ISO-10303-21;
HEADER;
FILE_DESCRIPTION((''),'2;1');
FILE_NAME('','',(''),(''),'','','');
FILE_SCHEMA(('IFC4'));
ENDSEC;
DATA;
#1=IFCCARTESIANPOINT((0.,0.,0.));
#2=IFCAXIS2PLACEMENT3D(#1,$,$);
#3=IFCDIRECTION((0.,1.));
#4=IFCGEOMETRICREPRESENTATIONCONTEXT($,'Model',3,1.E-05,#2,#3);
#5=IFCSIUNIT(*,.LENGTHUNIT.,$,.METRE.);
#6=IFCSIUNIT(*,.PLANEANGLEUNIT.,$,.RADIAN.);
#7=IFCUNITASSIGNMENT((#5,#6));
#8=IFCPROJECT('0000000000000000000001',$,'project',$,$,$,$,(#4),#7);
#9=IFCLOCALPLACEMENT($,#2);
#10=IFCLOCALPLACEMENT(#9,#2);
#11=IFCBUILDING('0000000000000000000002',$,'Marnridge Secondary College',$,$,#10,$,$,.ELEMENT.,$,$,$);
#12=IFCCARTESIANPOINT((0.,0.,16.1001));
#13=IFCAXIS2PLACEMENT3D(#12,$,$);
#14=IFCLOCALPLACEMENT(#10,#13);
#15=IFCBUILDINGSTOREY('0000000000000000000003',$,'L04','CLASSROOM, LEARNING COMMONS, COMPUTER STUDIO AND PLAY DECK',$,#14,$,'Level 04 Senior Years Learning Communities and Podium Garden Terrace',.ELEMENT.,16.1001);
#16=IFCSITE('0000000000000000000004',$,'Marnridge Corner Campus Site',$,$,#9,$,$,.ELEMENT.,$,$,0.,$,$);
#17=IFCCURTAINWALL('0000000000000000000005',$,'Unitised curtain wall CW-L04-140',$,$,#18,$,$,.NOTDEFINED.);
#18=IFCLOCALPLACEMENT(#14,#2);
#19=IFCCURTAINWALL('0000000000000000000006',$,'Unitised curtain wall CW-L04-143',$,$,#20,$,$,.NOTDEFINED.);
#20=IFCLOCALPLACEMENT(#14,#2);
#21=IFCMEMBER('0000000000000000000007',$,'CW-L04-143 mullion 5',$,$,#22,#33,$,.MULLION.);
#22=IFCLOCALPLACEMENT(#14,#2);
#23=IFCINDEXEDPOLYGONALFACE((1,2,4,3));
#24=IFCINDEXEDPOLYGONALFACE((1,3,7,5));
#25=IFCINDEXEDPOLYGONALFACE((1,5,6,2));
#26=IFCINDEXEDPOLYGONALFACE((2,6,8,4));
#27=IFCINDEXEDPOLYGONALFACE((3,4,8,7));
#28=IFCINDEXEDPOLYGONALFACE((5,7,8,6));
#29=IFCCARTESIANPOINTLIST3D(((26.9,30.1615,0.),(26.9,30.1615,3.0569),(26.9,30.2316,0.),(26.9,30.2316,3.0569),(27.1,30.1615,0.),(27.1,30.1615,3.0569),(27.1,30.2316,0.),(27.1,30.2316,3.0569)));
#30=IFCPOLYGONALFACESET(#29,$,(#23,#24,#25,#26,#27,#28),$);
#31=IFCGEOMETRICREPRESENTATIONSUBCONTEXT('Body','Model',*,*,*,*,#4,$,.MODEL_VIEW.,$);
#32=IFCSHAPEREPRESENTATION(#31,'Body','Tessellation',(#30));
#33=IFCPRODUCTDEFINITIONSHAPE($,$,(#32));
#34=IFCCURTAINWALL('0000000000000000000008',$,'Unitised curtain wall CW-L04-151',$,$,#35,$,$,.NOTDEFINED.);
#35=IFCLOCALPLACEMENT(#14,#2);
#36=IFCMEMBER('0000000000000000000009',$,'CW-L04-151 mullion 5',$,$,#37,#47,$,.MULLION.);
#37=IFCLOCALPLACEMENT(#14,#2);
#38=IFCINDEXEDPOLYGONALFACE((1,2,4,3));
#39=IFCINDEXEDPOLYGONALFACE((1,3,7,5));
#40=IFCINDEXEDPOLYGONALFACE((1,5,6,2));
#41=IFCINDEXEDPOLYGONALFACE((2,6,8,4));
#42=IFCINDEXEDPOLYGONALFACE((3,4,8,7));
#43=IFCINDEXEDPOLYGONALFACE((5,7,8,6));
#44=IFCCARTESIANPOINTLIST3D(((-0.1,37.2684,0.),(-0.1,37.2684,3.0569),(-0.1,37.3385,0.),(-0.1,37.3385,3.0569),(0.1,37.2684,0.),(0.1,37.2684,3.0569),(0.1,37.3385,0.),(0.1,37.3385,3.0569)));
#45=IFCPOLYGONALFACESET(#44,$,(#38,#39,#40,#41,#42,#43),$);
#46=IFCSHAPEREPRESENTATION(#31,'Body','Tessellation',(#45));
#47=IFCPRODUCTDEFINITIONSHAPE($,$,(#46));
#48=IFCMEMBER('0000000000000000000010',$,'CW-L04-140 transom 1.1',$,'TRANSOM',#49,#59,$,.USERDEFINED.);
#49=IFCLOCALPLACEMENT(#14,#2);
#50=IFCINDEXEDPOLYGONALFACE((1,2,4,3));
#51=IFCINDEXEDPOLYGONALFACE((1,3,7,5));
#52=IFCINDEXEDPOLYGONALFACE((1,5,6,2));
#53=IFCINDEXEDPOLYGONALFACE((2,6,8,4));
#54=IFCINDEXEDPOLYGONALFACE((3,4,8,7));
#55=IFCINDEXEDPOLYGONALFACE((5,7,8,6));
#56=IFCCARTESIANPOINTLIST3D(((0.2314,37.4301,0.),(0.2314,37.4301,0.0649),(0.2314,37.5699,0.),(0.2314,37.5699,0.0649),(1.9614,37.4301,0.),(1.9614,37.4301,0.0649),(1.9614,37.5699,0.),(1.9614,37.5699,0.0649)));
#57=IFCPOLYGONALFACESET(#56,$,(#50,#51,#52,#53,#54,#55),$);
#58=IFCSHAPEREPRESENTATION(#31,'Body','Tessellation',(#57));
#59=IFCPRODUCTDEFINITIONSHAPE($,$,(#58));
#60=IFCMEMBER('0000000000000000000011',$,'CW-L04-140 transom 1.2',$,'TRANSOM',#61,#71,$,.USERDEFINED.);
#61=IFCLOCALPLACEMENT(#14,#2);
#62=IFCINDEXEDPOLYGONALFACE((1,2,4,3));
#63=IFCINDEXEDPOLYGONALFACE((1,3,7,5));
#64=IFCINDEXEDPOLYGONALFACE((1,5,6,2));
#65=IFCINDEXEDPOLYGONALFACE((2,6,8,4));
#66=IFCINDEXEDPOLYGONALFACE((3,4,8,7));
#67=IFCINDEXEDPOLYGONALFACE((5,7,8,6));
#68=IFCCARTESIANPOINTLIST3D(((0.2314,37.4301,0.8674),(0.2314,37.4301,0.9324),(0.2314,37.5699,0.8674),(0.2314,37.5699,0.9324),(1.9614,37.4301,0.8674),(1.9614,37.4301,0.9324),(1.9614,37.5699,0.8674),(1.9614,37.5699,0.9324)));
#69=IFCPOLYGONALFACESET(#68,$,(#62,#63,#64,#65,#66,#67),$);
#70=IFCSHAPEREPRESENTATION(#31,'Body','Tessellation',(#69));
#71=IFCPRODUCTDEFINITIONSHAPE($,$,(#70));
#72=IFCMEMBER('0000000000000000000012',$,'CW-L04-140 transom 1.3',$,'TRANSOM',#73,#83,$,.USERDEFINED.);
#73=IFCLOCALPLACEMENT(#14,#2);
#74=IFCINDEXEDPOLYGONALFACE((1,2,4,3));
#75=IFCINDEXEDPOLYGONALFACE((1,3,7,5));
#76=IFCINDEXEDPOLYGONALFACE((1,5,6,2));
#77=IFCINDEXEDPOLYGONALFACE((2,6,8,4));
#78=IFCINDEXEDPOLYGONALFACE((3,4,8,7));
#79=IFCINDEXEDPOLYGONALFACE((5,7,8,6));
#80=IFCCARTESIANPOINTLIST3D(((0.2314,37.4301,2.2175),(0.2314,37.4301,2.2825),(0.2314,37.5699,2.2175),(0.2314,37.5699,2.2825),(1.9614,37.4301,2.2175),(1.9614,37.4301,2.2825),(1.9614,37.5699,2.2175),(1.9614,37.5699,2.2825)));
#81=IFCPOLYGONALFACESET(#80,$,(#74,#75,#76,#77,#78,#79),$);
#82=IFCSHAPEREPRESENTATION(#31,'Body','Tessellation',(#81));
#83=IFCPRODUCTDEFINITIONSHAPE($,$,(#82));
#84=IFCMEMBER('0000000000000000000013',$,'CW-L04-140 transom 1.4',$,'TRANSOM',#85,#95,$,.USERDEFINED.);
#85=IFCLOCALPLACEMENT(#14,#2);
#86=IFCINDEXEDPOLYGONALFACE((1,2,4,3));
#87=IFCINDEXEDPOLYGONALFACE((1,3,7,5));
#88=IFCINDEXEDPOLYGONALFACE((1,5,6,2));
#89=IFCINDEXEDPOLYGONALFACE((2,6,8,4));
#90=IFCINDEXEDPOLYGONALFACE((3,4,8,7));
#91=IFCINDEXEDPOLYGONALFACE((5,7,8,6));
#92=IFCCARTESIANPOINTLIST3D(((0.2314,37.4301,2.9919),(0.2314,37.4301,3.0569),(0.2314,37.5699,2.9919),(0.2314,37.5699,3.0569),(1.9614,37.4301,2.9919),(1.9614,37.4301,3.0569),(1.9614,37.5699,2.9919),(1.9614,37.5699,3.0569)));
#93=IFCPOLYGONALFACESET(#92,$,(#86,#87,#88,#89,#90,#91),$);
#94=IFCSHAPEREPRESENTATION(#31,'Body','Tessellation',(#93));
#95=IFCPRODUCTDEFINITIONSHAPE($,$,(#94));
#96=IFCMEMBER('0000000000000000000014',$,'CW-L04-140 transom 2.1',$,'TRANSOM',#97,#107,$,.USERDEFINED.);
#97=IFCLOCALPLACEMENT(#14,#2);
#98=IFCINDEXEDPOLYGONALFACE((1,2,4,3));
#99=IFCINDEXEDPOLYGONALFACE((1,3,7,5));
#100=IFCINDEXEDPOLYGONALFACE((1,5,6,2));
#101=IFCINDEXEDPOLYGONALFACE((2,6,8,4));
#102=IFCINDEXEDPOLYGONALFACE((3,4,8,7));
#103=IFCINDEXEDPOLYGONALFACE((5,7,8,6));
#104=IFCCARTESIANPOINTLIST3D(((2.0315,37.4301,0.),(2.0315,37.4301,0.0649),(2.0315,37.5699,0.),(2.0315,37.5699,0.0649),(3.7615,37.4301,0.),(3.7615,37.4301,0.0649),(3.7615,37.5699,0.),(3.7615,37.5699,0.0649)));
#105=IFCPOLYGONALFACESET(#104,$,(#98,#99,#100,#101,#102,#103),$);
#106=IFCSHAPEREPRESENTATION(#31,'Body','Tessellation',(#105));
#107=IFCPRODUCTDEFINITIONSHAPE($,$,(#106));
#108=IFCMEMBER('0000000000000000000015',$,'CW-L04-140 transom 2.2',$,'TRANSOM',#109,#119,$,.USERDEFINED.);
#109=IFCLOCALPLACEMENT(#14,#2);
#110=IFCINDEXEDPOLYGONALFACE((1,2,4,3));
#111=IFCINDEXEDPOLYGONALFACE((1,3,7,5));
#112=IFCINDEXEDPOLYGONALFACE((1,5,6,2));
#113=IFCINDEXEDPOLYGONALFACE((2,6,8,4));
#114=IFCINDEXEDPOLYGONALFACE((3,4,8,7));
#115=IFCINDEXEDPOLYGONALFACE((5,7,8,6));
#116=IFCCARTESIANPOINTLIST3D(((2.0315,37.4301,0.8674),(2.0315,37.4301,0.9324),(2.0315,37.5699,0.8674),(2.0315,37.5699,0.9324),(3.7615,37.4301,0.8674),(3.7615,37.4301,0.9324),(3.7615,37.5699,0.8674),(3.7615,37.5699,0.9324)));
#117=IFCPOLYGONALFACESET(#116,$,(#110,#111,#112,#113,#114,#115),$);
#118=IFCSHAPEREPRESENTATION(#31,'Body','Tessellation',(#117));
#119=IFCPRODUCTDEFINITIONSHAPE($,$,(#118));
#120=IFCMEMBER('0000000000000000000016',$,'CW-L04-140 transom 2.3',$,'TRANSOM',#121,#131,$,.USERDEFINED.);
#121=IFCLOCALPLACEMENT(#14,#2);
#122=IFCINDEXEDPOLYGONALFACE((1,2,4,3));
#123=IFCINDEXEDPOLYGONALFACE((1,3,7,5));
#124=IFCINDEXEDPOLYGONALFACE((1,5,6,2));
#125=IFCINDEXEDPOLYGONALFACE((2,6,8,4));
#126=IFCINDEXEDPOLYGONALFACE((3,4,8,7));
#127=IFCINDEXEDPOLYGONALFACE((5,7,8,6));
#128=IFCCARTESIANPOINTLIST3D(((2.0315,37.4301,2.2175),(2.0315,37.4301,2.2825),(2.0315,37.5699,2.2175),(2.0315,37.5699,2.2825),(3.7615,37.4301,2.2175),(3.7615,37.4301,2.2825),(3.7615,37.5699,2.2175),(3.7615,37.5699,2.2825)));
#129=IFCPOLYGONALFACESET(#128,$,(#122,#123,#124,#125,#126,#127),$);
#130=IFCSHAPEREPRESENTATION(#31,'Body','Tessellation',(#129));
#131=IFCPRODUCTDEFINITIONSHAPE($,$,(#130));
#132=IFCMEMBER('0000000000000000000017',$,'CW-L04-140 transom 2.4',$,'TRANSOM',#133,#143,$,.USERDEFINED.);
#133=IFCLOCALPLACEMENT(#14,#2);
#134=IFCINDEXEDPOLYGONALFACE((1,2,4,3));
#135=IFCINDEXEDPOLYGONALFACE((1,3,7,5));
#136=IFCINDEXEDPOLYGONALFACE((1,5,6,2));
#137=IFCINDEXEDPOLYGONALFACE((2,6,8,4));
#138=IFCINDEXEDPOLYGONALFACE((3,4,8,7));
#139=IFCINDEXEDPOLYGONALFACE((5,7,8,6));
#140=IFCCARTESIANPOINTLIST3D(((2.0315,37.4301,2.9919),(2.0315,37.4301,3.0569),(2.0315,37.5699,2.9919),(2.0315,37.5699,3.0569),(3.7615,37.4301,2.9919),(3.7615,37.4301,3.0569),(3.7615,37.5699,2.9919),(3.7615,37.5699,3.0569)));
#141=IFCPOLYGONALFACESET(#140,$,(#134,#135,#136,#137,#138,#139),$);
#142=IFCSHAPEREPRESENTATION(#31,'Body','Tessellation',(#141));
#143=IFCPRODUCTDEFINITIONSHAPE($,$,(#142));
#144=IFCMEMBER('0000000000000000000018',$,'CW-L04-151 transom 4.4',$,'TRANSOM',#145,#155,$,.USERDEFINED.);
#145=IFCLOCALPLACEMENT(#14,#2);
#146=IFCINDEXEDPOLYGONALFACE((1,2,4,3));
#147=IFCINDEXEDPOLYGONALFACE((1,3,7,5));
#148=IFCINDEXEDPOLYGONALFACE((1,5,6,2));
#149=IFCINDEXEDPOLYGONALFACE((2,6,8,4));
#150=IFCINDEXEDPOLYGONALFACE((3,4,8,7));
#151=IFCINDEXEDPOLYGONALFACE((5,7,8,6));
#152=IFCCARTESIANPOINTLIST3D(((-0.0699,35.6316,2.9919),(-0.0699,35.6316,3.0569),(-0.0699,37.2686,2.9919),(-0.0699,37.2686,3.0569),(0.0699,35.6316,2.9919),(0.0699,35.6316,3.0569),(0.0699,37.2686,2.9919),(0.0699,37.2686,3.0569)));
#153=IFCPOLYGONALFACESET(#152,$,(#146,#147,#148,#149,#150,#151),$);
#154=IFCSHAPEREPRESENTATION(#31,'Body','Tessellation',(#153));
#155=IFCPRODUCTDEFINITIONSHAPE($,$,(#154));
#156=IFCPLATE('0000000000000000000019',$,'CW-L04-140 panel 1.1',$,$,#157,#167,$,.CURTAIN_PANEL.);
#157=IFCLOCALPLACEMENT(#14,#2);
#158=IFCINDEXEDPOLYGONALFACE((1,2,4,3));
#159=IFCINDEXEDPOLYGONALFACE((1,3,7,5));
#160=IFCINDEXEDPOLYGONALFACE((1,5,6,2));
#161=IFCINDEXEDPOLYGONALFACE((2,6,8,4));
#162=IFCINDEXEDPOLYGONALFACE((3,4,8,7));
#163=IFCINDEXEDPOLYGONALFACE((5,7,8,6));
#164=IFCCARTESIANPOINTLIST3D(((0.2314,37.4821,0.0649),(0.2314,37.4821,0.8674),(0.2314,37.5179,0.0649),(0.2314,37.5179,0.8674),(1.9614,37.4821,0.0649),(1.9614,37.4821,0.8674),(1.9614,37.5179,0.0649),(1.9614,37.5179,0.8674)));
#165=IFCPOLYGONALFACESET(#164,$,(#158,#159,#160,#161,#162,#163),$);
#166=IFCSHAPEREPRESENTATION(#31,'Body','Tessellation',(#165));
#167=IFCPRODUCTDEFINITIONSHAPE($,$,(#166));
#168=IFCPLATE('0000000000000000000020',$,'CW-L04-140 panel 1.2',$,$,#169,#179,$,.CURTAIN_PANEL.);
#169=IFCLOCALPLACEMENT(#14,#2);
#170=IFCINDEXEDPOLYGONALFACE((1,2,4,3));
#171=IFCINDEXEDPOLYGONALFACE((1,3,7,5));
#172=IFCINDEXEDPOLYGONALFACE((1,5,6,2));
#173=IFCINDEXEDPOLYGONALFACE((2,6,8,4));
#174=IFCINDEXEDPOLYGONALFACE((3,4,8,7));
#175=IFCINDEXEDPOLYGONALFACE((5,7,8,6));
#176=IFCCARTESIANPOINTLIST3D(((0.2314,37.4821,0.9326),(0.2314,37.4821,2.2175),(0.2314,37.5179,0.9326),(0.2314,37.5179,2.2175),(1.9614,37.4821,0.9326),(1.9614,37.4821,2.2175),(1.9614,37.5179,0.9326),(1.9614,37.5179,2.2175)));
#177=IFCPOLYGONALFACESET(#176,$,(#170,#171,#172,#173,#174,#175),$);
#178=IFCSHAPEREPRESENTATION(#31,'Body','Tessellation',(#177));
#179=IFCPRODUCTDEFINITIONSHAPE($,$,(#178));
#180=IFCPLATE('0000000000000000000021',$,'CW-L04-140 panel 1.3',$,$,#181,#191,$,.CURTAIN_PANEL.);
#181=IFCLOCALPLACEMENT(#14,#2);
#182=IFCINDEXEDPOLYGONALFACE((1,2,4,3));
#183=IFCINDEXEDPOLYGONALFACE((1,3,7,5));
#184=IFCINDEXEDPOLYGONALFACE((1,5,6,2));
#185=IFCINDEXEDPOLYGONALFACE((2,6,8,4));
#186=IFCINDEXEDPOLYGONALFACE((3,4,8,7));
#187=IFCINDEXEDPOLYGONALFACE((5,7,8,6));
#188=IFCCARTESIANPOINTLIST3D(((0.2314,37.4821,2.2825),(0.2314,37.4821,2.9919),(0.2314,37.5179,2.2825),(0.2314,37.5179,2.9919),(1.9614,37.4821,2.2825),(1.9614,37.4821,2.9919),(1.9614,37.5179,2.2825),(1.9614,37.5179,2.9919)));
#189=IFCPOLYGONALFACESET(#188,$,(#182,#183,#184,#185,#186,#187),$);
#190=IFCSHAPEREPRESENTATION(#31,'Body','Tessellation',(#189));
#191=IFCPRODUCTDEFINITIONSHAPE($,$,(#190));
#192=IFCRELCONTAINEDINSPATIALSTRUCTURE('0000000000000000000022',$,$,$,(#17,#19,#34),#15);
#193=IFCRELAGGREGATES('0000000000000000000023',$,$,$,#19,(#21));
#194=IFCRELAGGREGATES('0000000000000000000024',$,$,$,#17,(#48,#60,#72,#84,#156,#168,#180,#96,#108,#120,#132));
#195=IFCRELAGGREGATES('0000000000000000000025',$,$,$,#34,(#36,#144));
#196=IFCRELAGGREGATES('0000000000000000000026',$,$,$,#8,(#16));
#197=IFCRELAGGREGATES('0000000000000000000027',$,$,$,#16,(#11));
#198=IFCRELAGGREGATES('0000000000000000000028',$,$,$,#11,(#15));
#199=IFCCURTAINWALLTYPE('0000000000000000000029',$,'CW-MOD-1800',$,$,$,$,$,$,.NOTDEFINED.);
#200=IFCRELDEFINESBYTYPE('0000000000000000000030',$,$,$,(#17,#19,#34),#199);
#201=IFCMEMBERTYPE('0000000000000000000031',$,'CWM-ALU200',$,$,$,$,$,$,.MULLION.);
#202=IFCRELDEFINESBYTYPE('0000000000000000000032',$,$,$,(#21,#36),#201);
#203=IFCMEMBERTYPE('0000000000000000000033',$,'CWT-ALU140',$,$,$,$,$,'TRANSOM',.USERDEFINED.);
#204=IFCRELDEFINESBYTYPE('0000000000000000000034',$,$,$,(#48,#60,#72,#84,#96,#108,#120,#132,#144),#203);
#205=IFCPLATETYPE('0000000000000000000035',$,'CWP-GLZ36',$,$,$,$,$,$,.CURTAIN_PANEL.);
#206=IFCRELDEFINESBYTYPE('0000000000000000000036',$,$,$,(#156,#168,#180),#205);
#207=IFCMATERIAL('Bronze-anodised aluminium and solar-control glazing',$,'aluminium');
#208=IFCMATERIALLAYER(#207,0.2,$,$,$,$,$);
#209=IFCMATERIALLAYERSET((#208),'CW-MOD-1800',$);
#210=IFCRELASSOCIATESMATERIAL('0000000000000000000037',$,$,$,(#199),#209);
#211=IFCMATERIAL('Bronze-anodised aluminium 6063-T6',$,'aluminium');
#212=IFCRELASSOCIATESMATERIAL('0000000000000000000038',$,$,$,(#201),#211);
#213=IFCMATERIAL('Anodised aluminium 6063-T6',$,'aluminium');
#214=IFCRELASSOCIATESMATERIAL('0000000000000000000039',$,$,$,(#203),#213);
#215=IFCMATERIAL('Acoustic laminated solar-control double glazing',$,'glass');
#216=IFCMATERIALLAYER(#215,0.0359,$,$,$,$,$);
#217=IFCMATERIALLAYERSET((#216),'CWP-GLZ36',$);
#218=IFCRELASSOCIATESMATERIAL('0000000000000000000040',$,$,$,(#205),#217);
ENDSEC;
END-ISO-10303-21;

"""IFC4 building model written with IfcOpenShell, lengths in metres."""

from ifc_helpers import new_model, si_unit, direction, frame, origin, origin_2d, place, context, subcontext, project, spatial, rectangle, extrude, material, layer, layer_set, material_profile, profile_set, type_object, element, aggregate, save


model = new_model("IFC4")

# Units and contexts
model_context = context("Model", 3, precision=1e-05, world=origin(), true_north=direction((0.0, 1.0)))
body_context = subcontext(model_context, "Body", "Model", "MODEL_VIEW")
ifc_project = project(units=[si_unit("LENGTHUNIT", "METRE"), si_unit("PLANEANGLEUNIT", "RADIAN")], contexts=[model_context])

# Site, building, storey
site_placement = place(None, origin())
site = spatial("IfcSite", under=ifc_project, at=site_placement, Name="Marnridge Corner Campus Site", CompositionType="ELEMENT", RefElevation=0.0)
building_placement = place(site_placement, origin())
building = spatial("IfcBuilding", under=site, at=building_placement, Name="Marnridge Secondary College", CompositionType="ELEMENT")
storey_placement = place(building_placement, frame((0.0, 0.0, 16.1001)))
storey = spatial("IfcBuildingStorey", under=building, at=storey_placement, Name="L04", Description="CLASSROOM, LEARNING COMMONS, COMPUTER STUDIO AND PLAY DECK", LongName="Level 04 Senior Years Learning Communities and Podium Garden Terrace", CompositionType="ELEMENT", Elevation=16.1001)

# Curtain wall
ifc_material_1 = material(Name="Bronze-anodised aluminium and solar-control glazing", Category="aluminium")
ifc_layer_1 = layer(ifc_material_1, 0.2)
ifc_layer_set_1 = layer_set([ifc_layer_1], Name="CW-MOD-1800")
curtain_wall_type = type_object("IfcCurtainWallType", Name="CW-MOD-1800", PredefinedType="NOTDEFINED", material=ifc_layer_set_1)
curtain_wall_1_placement = place(storey_placement, origin())
curtain_wall_1 = element("IfcCurtainWall", 1, at=curtain_wall_1_placement, inside=storey, type_object=curtain_wall_type, Name="Unitised curtain wall CW-L04-140", PredefinedType="NOTDEFINED")
ifc_material_2 = material(Name="Bronze-anodised aluminium 6063-T6", Category="aluminium")
ifc_material_profile_1 = material_profile(ifc_material_2, rectangle(XDim=0.0701, YDim=0.2, at=origin_2d()), Name="ALU 70x200")
ifc_profile_set_1 = profile_set([ifc_material_profile_1], Name="Bronze-anodised aluminium 6063-T6")
member_type_1 = type_object("IfcMemberType", Name="CWM-ALU200", PredefinedType="MULLION", material=ifc_profile_set_1)

# Curtain walls, members
curtain_wall_2_placement = place(storey_placement, origin())
curtain_wall_2 = element("IfcCurtainWall", 2, at=curtain_wall_2_placement, inside=storey, type_object=curtain_wall_type, Name="Unitised curtain wall CW-L04-143", PredefinedType="NOTDEFINED")
member_1_placement = place(storey_placement, frame((27.0, 30.1965, 0.0), z_axis=(0.0, 0.0, 1.0), x_axis=(0.0, -1.0, 0.0)))
member_1 = element("IfcMember", 3, at=member_1_placement, type_object=member_type_1, Name="CW-L04-143 mullion 5", PredefinedType="MULLION", context=body_context, shape_type="SweptSolid", body=[
    extrude(rectangle(XDim=0.0701, YDim=0.2, at=origin_2d()), origin(), (0.0, 0.0, 1.0), 3.0569),
])
aggregate(curtain_wall_2, [member_1])
curtain_wall_3_placement = place(storey_placement, origin())
curtain_wall_3 = element("IfcCurtainWall", 4, at=curtain_wall_3_placement, inside=storey, type_object=curtain_wall_type, Name="Unitised curtain wall CW-L04-151", PredefinedType="NOTDEFINED")
member_2_placement = place(storey_placement, frame((0.0, 37.3035, 0.0), z_axis=(0.0, 0.0, 1.0), x_axis=(0.0, 1.0, 0.0)))
member_2 = element("IfcMember", 5, at=member_2_placement, type_object=member_type_1, Name="CW-L04-151 mullion 5", PredefinedType="MULLION", context=body_context, shape_type="SweptSolid", body=[
    extrude(rectangle(XDim=0.0701, YDim=0.2, at=origin_2d()), origin(), (0.0, 0.0, 1.0), 3.0569),
])

# Members
ifc_material_3 = material(Name="Anodised aluminium 6063-T6", Category="aluminium")
ifc_material_profile_2 = material_profile(ifc_material_3, rectangle(XDim=0.0649, YDim=0.1399, at=origin_2d()), Name="ALU 65x140")
ifc_profile_set_2 = profile_set([ifc_material_profile_2], Name="Anodised aluminium 6063-T6")
member_type_2 = type_object("IfcMemberType", Name="CWT-ALU140", ElementType="TRANSOM", PredefinedType="USERDEFINED", material=ifc_profile_set_2)
member_3_placement = place(storey_placement, frame((0.2314, 37.5, 0.0325), z_axis=(1.0, 0.0, 0.0), x_axis=(0.0, 0.0, 1.0)))
member_3 = element("IfcMember", 6, at=member_3_placement, type_object=member_type_2, Name="CW-L04-140 transom 1.1", ObjectType="TRANSOM", PredefinedType="USERDEFINED", context=body_context, shape_type="SweptSolid", body=[
    extrude(rectangle(XDim=0.0649, YDim=0.1399, at=origin_2d()), origin(), (0.0, 0.0, 1.0), 1.73),
])
member_4_placement = place(storey_placement, frame((0.2314, 37.5, 0.8999), z_axis=(1.0, 0.0, 0.0), x_axis=(0.0, 0.0, 1.0)))
member_4 = element("IfcMember", 7, at=member_4_placement, type_object=member_type_2, Name="CW-L04-140 transom 1.2", ObjectType="TRANSOM", PredefinedType="USERDEFINED", context=body_context, shape_type="SweptSolid", body=[
    extrude(rectangle(XDim=0.0649, YDim=0.1399, at=origin_2d()), origin(), (0.0, 0.0, 1.0), 1.73),
])
member_5_placement = place(storey_placement, frame((0.2314, 37.5, 2.25), z_axis=(1.0, 0.0, 0.0), x_axis=(0.0, 0.0, 1.0)))
member_5 = element("IfcMember", 8, at=member_5_placement, type_object=member_type_2, Name="CW-L04-140 transom 1.3", ObjectType="TRANSOM", PredefinedType="USERDEFINED", context=body_context, shape_type="SweptSolid", body=[
    extrude(rectangle(XDim=0.0649, YDim=0.1399, at=origin_2d()), origin(), (0.0, 0.0, 1.0), 1.73),
])
member_6_placement = place(storey_placement, frame((0.2314, 37.5, 3.0244), z_axis=(1.0, 0.0, 0.0), x_axis=(0.0, 0.0, 1.0)))
member_6 = element("IfcMember", 9, at=member_6_placement, type_object=member_type_2, Name="CW-L04-140 transom 1.4", ObjectType="TRANSOM", PredefinedType="USERDEFINED", context=body_context, shape_type="SweptSolid", body=[
    extrude(rectangle(XDim=0.0649, YDim=0.1399, at=origin_2d()), origin(), (0.0, 0.0, 1.0), 1.73),
])
member_7_placement = place(storey_placement, frame((2.0315, 37.5, 0.0325), z_axis=(1.0, 0.0, 0.0), x_axis=(0.0, 0.0, 1.0)))
member_7 = element("IfcMember", 10, at=member_7_placement, type_object=member_type_2, Name="CW-L04-140 transom 2.1", ObjectType="TRANSOM", PredefinedType="USERDEFINED", context=body_context, shape_type="SweptSolid", body=[
    extrude(rectangle(XDim=0.0649, YDim=0.1399, at=origin_2d()), origin(), (0.0, 0.0, 1.0), 1.73),
])
member_8_placement = place(storey_placement, frame((2.0315, 37.5, 0.8999), z_axis=(1.0, 0.0, 0.0), x_axis=(0.0, 0.0, 1.0)))
member_8 = element("IfcMember", 11, at=member_8_placement, type_object=member_type_2, Name="CW-L04-140 transom 2.2", ObjectType="TRANSOM", PredefinedType="USERDEFINED", context=body_context, shape_type="SweptSolid", body=[
    extrude(rectangle(XDim=0.0649, YDim=0.1399, at=origin_2d()), origin(), (0.0, 0.0, 1.0), 1.73),
])
member_9_placement = place(storey_placement, frame((2.0315, 37.5, 2.25), z_axis=(1.0, 0.0, 0.0), x_axis=(0.0, 0.0, 1.0)))
member_9 = element("IfcMember", 12, at=member_9_placement, type_object=member_type_2, Name="CW-L04-140 transom 2.3", ObjectType="TRANSOM", PredefinedType="USERDEFINED", context=body_context, shape_type="SweptSolid", body=[
    extrude(rectangle(XDim=0.0649, YDim=0.1399, at=origin_2d()), origin(), (0.0, 0.0, 1.0), 1.73),
])
member_10_placement = place(storey_placement, frame((2.0315, 37.5, 3.0244), z_axis=(1.0, 0.0, 0.0), x_axis=(0.0, 0.0, 1.0)))
member_10 = element("IfcMember", 13, at=member_10_placement, type_object=member_type_2, Name="CW-L04-140 transom 2.4", ObjectType="TRANSOM", PredefinedType="USERDEFINED", context=body_context, shape_type="SweptSolid", body=[
    extrude(rectangle(XDim=0.0649, YDim=0.1399, at=origin_2d()), origin(), (0.0, 0.0, 1.0), 1.73),
])
member_11_placement = place(storey_placement, frame((0.0, 35.6316, 3.0244), z_axis=(0.0, 1.0, 0.0), x_axis=(0.0, 0.0, 1.0)))
member_11 = element("IfcMember", 14, at=member_11_placement, type_object=member_type_2, Name="CW-L04-151 transom 4.4", ObjectType="TRANSOM", PredefinedType="USERDEFINED", context=body_context, shape_type="SweptSolid", body=[
    extrude(rectangle(XDim=0.0649, YDim=0.1399, at=origin_2d()), origin(), (0.0, 0.0, 1.0), 1.637),
])

# Plates
ifc_material_4 = material(Name="Acoustic laminated solar-control double glazing", Category="glass")
ifc_layer_2 = layer(ifc_material_4, 0.0359)
ifc_layer_set_2 = layer_set([ifc_layer_2], Name="CWP-GLZ36")
plate_type = type_object("IfcPlateType", Name="CWP-GLZ36", PredefinedType="CURTAIN_PANEL", material=ifc_layer_set_2)
plate_1_placement = place(storey_placement, frame((1.0964, 37.5, 0.0649), z_axis=(0.0, 0.0, 1.0), x_axis=(1.0, 0.0, 0.0)))
plate_1 = element("IfcPlate", 15, at=plate_1_placement, type_object=plate_type, Name="CW-L04-140 panel 1.1", PredefinedType="CURTAIN_PANEL", context=body_context, shape_type="SweptSolid", body=[
    extrude(rectangle(XDim=1.73, YDim=0.0359, at=origin_2d()), origin(), (0.0, 0.0, 1.0), 0.8025),
])
plate_2_placement = place(storey_placement, frame((1.0964, 37.5, 0.9326), z_axis=(0.0, 0.0, 1.0), x_axis=(1.0, 0.0, 0.0)))
plate_2 = element("IfcPlate", 16, at=plate_2_placement, type_object=plate_type, Name="CW-L04-140 panel 1.2", PredefinedType="CURTAIN_PANEL", context=body_context, shape_type="SweptSolid", body=[
    extrude(rectangle(XDim=1.73, YDim=0.0359, at=origin_2d()), origin(), (0.0, 0.0, 1.0), 1.2849),
])
plate_3_placement = place(storey_placement, frame((1.0964, 37.5, 2.2825), z_axis=(0.0, 0.0, 1.0), x_axis=(1.0, 0.0, 0.0)))
plate_3 = element("IfcPlate", 17, at=plate_3_placement, type_object=plate_type, Name="CW-L04-140 panel 1.3", PredefinedType="CURTAIN_PANEL", context=body_context, shape_type="SweptSolid", body=[
    extrude(rectangle(XDim=1.73, YDim=0.0359, at=origin_2d()), origin(), (0.0, 0.0, 1.0), 0.7095),
])
aggregate(curtain_wall_1, [member_3, member_4, member_5, member_6, plate_1, plate_2, plate_3, member_7, member_8, member_9, member_10])
aggregate(curtain_wall_3, [member_2, member_11])

save(model, "model.ifc")
